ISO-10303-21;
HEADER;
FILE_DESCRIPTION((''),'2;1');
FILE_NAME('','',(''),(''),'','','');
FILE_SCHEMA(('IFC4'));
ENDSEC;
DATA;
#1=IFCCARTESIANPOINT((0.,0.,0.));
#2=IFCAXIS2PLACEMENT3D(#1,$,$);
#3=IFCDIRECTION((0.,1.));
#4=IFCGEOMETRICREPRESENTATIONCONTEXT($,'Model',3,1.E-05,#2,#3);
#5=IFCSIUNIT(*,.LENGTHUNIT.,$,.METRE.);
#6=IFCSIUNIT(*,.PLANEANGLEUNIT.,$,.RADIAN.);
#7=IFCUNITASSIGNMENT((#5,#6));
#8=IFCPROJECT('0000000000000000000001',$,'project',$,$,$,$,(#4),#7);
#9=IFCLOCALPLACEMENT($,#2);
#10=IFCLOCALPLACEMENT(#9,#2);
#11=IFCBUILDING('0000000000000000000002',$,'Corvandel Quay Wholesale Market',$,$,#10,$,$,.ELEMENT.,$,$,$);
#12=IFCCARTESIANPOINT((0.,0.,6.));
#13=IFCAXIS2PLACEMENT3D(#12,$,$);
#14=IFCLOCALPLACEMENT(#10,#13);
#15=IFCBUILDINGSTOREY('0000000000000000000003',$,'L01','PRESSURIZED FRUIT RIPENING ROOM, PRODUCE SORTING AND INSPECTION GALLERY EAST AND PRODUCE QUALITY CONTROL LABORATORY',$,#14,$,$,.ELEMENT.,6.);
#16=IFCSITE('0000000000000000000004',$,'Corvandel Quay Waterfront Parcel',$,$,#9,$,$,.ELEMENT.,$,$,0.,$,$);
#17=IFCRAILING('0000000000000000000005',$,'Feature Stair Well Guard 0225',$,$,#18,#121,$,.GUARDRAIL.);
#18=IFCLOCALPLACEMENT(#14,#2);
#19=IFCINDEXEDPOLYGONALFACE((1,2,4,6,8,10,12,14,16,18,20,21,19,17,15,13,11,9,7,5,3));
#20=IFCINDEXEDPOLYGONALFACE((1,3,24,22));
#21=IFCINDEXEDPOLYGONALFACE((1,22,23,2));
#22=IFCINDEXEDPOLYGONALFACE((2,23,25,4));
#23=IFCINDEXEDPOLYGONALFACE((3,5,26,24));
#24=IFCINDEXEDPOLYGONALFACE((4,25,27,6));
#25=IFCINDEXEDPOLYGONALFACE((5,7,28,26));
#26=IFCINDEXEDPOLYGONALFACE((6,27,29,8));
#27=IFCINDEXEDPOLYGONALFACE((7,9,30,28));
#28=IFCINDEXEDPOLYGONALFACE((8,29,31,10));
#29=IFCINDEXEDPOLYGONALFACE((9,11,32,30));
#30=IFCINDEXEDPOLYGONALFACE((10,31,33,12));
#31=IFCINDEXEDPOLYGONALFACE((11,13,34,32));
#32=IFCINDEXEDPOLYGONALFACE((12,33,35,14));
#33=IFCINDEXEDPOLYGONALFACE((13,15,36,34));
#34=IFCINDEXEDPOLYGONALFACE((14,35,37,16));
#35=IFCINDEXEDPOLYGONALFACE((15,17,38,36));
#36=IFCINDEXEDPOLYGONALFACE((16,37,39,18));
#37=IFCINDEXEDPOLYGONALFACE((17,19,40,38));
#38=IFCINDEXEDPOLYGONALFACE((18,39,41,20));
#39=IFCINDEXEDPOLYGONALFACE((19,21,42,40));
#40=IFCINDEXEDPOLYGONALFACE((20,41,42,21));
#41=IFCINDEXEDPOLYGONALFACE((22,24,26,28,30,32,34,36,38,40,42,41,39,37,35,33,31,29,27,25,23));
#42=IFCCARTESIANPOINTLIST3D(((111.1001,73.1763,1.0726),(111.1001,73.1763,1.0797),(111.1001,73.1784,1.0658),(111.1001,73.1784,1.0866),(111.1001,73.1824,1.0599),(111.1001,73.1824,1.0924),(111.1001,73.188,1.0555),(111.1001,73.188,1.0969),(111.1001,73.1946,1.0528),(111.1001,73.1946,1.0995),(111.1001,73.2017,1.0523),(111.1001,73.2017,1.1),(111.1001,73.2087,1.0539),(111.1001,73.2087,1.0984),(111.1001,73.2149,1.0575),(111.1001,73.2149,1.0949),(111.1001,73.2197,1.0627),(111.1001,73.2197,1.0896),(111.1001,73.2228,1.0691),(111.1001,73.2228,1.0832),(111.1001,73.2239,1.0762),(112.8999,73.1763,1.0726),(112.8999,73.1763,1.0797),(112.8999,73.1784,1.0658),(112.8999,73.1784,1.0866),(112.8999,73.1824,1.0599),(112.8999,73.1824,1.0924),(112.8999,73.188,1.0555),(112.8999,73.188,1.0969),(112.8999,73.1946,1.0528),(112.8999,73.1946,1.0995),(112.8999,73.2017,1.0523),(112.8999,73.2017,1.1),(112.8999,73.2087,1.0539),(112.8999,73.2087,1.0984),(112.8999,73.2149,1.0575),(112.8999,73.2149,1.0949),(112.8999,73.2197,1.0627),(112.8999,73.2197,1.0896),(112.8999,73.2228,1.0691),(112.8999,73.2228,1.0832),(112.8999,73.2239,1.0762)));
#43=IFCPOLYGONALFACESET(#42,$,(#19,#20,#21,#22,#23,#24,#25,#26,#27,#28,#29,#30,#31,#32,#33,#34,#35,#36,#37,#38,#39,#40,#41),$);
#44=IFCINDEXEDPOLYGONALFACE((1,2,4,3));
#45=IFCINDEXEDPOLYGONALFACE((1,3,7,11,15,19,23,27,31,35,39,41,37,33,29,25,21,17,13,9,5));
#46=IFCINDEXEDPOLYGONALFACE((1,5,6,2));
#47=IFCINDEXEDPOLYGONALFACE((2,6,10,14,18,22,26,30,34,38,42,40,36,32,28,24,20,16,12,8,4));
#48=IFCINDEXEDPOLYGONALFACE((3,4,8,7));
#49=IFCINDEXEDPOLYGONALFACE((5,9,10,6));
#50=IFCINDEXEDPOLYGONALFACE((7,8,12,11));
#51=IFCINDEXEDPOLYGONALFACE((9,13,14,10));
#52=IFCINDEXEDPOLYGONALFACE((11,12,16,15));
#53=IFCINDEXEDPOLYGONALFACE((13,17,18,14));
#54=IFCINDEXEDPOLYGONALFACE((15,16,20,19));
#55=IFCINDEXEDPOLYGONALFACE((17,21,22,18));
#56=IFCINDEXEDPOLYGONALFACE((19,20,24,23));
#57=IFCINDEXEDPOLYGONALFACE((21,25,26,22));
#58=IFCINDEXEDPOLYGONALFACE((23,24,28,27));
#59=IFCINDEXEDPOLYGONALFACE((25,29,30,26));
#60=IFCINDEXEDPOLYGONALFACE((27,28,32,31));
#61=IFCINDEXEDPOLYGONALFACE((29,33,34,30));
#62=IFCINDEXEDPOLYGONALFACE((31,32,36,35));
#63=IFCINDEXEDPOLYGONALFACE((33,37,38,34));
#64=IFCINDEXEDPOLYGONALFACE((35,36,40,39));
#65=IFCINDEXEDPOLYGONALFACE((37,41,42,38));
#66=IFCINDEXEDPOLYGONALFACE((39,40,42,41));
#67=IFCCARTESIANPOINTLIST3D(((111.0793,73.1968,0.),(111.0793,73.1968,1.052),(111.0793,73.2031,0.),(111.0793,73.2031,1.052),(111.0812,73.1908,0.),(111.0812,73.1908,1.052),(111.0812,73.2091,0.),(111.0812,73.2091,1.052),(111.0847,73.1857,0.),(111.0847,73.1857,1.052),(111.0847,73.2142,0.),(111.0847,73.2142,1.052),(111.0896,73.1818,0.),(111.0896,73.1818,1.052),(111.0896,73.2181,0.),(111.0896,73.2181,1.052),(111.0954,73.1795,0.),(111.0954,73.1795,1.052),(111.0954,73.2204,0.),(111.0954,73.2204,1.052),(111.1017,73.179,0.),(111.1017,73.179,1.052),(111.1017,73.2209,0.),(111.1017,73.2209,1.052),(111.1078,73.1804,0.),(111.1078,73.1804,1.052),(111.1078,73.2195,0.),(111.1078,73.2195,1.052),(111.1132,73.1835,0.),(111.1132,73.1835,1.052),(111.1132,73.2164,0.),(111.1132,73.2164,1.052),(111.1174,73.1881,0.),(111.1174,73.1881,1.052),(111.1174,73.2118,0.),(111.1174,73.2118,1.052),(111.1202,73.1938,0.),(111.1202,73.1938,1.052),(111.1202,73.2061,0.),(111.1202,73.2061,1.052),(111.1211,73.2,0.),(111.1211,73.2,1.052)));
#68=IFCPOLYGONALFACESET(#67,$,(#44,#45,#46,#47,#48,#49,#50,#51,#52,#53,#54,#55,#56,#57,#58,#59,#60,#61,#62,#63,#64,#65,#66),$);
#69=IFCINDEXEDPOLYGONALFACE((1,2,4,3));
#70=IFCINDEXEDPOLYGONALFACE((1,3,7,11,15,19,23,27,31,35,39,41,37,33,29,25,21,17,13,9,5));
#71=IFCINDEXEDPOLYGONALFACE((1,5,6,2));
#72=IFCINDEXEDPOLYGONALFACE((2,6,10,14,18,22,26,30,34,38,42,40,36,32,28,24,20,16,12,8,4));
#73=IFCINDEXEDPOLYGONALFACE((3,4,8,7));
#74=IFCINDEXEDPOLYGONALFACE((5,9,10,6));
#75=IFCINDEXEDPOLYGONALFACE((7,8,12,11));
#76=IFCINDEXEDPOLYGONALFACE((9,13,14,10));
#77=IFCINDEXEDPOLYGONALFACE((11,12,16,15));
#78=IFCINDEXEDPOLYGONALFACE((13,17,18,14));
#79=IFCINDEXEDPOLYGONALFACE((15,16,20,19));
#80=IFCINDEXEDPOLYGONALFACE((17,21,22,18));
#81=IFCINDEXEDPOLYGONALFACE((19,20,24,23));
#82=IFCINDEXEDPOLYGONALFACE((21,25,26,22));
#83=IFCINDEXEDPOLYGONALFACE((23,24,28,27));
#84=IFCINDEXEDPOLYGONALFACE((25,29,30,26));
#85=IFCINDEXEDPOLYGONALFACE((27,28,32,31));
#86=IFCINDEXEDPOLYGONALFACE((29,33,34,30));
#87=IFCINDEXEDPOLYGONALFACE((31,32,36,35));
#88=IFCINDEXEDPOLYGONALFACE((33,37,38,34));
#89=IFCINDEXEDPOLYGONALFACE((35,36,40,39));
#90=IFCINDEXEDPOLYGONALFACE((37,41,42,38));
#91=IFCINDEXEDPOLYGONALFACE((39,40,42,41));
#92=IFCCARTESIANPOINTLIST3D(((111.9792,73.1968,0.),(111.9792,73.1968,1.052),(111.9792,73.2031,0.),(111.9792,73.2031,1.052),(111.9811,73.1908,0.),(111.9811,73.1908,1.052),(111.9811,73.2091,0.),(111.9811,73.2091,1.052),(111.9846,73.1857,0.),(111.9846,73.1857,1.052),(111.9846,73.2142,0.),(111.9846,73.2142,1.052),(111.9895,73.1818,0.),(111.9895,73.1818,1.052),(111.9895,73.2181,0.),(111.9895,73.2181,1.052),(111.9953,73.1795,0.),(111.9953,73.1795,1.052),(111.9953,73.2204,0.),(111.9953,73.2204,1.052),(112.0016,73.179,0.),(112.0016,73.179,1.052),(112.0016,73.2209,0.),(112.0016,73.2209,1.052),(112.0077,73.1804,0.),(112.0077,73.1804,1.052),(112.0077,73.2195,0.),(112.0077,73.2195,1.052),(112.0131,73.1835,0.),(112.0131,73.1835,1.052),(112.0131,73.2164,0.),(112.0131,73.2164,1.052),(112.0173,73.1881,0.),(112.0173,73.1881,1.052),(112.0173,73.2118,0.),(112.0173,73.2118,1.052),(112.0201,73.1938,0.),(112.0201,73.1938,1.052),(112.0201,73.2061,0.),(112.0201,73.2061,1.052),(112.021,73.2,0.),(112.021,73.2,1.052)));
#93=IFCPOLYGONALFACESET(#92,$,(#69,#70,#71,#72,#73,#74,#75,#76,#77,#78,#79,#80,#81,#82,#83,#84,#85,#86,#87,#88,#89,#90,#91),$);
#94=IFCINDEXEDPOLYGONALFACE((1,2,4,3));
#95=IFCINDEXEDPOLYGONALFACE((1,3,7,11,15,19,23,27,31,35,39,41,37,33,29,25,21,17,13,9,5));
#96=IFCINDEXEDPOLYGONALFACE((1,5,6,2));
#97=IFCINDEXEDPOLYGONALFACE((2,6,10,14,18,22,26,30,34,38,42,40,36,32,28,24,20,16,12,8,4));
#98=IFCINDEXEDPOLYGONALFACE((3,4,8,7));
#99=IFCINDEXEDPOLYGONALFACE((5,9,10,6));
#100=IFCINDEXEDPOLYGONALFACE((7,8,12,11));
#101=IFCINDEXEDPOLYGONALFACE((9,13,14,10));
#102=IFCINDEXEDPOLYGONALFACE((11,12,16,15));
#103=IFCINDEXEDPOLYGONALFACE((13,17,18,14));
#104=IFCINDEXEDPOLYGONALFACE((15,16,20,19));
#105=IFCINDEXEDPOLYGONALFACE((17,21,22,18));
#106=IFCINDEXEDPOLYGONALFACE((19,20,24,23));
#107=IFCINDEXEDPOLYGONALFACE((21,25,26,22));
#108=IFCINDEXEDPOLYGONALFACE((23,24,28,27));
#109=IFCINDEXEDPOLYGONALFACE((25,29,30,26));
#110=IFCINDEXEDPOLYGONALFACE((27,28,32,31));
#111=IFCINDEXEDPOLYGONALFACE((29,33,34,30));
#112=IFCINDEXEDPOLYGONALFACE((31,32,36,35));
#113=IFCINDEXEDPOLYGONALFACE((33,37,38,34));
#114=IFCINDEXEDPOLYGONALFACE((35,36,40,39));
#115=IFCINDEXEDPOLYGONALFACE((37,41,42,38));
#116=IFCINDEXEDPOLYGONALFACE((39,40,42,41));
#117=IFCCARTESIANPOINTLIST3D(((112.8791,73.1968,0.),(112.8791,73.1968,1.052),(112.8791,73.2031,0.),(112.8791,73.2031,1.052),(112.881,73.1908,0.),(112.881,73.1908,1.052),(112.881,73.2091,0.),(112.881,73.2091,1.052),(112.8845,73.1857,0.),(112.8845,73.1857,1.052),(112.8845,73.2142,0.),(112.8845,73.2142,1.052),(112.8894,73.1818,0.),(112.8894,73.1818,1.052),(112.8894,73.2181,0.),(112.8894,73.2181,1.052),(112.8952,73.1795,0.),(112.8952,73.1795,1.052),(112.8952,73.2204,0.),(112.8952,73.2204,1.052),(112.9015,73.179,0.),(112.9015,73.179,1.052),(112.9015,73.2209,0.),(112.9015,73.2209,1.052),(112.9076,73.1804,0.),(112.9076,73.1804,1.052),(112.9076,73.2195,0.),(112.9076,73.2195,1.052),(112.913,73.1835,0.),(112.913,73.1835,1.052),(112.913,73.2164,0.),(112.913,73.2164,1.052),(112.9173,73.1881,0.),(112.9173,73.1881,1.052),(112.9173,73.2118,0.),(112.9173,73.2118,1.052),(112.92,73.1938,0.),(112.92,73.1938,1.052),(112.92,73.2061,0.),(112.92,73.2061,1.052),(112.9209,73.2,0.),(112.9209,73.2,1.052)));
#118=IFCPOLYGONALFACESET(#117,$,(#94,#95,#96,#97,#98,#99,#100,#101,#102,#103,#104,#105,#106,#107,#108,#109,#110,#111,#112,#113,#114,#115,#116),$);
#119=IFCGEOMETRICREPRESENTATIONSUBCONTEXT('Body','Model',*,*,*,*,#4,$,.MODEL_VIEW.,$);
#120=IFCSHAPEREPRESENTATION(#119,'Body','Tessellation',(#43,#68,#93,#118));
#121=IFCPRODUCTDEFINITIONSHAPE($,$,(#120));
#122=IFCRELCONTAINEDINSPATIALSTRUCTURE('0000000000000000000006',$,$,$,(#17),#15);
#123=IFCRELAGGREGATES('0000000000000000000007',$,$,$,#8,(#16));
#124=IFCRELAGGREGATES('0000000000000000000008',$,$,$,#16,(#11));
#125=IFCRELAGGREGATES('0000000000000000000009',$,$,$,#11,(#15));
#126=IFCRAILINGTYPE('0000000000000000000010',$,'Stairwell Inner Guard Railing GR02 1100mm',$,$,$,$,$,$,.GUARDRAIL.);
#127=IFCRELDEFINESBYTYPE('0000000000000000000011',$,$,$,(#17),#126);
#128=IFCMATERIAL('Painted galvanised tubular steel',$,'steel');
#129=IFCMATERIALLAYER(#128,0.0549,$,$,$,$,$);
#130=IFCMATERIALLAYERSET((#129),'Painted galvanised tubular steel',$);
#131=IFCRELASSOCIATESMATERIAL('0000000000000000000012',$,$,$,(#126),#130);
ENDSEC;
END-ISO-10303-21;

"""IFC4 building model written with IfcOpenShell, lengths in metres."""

from ifc_helpers import new_model, si_unit, direction, frame, origin, origin_2d, place, context, subcontext, project, spatial, circle, extrude, material, layer, layer_set, type_object, element, save


model = new_model("IFC4")

# Units and contexts
model_context = context("Model", 3, precision=1e-05, world=origin(), true_north=direction((0.0, 1.0)))
body_context = subcontext(model_context, "Body", "Model", "MODEL_VIEW")
ifc_project = project(units=[si_unit("LENGTHUNIT", "METRE"), si_unit("PLANEANGLEUNIT", "RADIAN")], contexts=[model_context])

# Site, building, storey
site_placement = place(None, origin())
site = spatial("IfcSite", under=ifc_project, at=site_placement, Name="Corvandel Quay Waterfront Parcel", CompositionType="ELEMENT", RefElevation=0.0)
building_placement = place(site_placement, origin())
building = spatial("IfcBuilding", under=site, at=building_placement, Name="Corvandel Quay Wholesale Market", CompositionType="ELEMENT")
storey_placement = place(building_placement, frame((0.0, 0.0, 6.0)))
storey = spatial("IfcBuildingStorey", under=building, at=storey_placement, Name="L01", Description="PRESSURIZED FRUIT RIPENING ROOM, PRODUCE SORTING AND INSPECTION GALLERY EAST AND PRODUCE QUALITY CONTROL LABORATORY", CompositionType="ELEMENT", Elevation=6.0)

# Railing
ifc_material_1 = material(Name="Painted galvanised tubular steel", Category="steel")
ifc_layer_1 = layer(ifc_material_1, 0.0549)
ifc_layer_set_1 = layer_set([ifc_layer_1], Name="Painted galvanised tubular steel")
railing_type = type_object("IfcRailingType", Name="Stairwell Inner Guard Railing GR02 1100mm", PredefinedType="GUARDRAIL", material=ifc_layer_set_1)
railing_placement = place(storey_placement, frame((111.1001, 73.2, 0.0)))
element("IfcRailing", 1, at=railing_placement, inside=storey, type_object=railing_type, Name="Feature Stair Well Guard 0225", PredefinedType="GUARDRAIL", context=body_context, shape_type="SweptSolid", body=[
    extrude(circle(Radius=0.0239, at=origin_2d()), frame((0.0, 0.0, 1.0762), z_axis=(1.0, 0.0, 0.0), x_axis=(0.0, 1.0, 0.0)), (0.0, 0.0, 1.0), 1.7998),
    extrude(circle(Radius=0.021, at=origin_2d()), origin(), (0.0, 0.0, 1.0), 1.052),
    extrude(circle(Radius=0.021, at=origin_2d()), frame((0.8999, 0.0, 0.0)), (0.0, 0.0, 1.0), 1.052),
    extrude(circle(Radius=0.021, at=origin_2d()), frame((1.7998, 0.0, 0.0)), (0.0, 0.0, 1.0), 1.052),
])

save(model, "model.ifc")
